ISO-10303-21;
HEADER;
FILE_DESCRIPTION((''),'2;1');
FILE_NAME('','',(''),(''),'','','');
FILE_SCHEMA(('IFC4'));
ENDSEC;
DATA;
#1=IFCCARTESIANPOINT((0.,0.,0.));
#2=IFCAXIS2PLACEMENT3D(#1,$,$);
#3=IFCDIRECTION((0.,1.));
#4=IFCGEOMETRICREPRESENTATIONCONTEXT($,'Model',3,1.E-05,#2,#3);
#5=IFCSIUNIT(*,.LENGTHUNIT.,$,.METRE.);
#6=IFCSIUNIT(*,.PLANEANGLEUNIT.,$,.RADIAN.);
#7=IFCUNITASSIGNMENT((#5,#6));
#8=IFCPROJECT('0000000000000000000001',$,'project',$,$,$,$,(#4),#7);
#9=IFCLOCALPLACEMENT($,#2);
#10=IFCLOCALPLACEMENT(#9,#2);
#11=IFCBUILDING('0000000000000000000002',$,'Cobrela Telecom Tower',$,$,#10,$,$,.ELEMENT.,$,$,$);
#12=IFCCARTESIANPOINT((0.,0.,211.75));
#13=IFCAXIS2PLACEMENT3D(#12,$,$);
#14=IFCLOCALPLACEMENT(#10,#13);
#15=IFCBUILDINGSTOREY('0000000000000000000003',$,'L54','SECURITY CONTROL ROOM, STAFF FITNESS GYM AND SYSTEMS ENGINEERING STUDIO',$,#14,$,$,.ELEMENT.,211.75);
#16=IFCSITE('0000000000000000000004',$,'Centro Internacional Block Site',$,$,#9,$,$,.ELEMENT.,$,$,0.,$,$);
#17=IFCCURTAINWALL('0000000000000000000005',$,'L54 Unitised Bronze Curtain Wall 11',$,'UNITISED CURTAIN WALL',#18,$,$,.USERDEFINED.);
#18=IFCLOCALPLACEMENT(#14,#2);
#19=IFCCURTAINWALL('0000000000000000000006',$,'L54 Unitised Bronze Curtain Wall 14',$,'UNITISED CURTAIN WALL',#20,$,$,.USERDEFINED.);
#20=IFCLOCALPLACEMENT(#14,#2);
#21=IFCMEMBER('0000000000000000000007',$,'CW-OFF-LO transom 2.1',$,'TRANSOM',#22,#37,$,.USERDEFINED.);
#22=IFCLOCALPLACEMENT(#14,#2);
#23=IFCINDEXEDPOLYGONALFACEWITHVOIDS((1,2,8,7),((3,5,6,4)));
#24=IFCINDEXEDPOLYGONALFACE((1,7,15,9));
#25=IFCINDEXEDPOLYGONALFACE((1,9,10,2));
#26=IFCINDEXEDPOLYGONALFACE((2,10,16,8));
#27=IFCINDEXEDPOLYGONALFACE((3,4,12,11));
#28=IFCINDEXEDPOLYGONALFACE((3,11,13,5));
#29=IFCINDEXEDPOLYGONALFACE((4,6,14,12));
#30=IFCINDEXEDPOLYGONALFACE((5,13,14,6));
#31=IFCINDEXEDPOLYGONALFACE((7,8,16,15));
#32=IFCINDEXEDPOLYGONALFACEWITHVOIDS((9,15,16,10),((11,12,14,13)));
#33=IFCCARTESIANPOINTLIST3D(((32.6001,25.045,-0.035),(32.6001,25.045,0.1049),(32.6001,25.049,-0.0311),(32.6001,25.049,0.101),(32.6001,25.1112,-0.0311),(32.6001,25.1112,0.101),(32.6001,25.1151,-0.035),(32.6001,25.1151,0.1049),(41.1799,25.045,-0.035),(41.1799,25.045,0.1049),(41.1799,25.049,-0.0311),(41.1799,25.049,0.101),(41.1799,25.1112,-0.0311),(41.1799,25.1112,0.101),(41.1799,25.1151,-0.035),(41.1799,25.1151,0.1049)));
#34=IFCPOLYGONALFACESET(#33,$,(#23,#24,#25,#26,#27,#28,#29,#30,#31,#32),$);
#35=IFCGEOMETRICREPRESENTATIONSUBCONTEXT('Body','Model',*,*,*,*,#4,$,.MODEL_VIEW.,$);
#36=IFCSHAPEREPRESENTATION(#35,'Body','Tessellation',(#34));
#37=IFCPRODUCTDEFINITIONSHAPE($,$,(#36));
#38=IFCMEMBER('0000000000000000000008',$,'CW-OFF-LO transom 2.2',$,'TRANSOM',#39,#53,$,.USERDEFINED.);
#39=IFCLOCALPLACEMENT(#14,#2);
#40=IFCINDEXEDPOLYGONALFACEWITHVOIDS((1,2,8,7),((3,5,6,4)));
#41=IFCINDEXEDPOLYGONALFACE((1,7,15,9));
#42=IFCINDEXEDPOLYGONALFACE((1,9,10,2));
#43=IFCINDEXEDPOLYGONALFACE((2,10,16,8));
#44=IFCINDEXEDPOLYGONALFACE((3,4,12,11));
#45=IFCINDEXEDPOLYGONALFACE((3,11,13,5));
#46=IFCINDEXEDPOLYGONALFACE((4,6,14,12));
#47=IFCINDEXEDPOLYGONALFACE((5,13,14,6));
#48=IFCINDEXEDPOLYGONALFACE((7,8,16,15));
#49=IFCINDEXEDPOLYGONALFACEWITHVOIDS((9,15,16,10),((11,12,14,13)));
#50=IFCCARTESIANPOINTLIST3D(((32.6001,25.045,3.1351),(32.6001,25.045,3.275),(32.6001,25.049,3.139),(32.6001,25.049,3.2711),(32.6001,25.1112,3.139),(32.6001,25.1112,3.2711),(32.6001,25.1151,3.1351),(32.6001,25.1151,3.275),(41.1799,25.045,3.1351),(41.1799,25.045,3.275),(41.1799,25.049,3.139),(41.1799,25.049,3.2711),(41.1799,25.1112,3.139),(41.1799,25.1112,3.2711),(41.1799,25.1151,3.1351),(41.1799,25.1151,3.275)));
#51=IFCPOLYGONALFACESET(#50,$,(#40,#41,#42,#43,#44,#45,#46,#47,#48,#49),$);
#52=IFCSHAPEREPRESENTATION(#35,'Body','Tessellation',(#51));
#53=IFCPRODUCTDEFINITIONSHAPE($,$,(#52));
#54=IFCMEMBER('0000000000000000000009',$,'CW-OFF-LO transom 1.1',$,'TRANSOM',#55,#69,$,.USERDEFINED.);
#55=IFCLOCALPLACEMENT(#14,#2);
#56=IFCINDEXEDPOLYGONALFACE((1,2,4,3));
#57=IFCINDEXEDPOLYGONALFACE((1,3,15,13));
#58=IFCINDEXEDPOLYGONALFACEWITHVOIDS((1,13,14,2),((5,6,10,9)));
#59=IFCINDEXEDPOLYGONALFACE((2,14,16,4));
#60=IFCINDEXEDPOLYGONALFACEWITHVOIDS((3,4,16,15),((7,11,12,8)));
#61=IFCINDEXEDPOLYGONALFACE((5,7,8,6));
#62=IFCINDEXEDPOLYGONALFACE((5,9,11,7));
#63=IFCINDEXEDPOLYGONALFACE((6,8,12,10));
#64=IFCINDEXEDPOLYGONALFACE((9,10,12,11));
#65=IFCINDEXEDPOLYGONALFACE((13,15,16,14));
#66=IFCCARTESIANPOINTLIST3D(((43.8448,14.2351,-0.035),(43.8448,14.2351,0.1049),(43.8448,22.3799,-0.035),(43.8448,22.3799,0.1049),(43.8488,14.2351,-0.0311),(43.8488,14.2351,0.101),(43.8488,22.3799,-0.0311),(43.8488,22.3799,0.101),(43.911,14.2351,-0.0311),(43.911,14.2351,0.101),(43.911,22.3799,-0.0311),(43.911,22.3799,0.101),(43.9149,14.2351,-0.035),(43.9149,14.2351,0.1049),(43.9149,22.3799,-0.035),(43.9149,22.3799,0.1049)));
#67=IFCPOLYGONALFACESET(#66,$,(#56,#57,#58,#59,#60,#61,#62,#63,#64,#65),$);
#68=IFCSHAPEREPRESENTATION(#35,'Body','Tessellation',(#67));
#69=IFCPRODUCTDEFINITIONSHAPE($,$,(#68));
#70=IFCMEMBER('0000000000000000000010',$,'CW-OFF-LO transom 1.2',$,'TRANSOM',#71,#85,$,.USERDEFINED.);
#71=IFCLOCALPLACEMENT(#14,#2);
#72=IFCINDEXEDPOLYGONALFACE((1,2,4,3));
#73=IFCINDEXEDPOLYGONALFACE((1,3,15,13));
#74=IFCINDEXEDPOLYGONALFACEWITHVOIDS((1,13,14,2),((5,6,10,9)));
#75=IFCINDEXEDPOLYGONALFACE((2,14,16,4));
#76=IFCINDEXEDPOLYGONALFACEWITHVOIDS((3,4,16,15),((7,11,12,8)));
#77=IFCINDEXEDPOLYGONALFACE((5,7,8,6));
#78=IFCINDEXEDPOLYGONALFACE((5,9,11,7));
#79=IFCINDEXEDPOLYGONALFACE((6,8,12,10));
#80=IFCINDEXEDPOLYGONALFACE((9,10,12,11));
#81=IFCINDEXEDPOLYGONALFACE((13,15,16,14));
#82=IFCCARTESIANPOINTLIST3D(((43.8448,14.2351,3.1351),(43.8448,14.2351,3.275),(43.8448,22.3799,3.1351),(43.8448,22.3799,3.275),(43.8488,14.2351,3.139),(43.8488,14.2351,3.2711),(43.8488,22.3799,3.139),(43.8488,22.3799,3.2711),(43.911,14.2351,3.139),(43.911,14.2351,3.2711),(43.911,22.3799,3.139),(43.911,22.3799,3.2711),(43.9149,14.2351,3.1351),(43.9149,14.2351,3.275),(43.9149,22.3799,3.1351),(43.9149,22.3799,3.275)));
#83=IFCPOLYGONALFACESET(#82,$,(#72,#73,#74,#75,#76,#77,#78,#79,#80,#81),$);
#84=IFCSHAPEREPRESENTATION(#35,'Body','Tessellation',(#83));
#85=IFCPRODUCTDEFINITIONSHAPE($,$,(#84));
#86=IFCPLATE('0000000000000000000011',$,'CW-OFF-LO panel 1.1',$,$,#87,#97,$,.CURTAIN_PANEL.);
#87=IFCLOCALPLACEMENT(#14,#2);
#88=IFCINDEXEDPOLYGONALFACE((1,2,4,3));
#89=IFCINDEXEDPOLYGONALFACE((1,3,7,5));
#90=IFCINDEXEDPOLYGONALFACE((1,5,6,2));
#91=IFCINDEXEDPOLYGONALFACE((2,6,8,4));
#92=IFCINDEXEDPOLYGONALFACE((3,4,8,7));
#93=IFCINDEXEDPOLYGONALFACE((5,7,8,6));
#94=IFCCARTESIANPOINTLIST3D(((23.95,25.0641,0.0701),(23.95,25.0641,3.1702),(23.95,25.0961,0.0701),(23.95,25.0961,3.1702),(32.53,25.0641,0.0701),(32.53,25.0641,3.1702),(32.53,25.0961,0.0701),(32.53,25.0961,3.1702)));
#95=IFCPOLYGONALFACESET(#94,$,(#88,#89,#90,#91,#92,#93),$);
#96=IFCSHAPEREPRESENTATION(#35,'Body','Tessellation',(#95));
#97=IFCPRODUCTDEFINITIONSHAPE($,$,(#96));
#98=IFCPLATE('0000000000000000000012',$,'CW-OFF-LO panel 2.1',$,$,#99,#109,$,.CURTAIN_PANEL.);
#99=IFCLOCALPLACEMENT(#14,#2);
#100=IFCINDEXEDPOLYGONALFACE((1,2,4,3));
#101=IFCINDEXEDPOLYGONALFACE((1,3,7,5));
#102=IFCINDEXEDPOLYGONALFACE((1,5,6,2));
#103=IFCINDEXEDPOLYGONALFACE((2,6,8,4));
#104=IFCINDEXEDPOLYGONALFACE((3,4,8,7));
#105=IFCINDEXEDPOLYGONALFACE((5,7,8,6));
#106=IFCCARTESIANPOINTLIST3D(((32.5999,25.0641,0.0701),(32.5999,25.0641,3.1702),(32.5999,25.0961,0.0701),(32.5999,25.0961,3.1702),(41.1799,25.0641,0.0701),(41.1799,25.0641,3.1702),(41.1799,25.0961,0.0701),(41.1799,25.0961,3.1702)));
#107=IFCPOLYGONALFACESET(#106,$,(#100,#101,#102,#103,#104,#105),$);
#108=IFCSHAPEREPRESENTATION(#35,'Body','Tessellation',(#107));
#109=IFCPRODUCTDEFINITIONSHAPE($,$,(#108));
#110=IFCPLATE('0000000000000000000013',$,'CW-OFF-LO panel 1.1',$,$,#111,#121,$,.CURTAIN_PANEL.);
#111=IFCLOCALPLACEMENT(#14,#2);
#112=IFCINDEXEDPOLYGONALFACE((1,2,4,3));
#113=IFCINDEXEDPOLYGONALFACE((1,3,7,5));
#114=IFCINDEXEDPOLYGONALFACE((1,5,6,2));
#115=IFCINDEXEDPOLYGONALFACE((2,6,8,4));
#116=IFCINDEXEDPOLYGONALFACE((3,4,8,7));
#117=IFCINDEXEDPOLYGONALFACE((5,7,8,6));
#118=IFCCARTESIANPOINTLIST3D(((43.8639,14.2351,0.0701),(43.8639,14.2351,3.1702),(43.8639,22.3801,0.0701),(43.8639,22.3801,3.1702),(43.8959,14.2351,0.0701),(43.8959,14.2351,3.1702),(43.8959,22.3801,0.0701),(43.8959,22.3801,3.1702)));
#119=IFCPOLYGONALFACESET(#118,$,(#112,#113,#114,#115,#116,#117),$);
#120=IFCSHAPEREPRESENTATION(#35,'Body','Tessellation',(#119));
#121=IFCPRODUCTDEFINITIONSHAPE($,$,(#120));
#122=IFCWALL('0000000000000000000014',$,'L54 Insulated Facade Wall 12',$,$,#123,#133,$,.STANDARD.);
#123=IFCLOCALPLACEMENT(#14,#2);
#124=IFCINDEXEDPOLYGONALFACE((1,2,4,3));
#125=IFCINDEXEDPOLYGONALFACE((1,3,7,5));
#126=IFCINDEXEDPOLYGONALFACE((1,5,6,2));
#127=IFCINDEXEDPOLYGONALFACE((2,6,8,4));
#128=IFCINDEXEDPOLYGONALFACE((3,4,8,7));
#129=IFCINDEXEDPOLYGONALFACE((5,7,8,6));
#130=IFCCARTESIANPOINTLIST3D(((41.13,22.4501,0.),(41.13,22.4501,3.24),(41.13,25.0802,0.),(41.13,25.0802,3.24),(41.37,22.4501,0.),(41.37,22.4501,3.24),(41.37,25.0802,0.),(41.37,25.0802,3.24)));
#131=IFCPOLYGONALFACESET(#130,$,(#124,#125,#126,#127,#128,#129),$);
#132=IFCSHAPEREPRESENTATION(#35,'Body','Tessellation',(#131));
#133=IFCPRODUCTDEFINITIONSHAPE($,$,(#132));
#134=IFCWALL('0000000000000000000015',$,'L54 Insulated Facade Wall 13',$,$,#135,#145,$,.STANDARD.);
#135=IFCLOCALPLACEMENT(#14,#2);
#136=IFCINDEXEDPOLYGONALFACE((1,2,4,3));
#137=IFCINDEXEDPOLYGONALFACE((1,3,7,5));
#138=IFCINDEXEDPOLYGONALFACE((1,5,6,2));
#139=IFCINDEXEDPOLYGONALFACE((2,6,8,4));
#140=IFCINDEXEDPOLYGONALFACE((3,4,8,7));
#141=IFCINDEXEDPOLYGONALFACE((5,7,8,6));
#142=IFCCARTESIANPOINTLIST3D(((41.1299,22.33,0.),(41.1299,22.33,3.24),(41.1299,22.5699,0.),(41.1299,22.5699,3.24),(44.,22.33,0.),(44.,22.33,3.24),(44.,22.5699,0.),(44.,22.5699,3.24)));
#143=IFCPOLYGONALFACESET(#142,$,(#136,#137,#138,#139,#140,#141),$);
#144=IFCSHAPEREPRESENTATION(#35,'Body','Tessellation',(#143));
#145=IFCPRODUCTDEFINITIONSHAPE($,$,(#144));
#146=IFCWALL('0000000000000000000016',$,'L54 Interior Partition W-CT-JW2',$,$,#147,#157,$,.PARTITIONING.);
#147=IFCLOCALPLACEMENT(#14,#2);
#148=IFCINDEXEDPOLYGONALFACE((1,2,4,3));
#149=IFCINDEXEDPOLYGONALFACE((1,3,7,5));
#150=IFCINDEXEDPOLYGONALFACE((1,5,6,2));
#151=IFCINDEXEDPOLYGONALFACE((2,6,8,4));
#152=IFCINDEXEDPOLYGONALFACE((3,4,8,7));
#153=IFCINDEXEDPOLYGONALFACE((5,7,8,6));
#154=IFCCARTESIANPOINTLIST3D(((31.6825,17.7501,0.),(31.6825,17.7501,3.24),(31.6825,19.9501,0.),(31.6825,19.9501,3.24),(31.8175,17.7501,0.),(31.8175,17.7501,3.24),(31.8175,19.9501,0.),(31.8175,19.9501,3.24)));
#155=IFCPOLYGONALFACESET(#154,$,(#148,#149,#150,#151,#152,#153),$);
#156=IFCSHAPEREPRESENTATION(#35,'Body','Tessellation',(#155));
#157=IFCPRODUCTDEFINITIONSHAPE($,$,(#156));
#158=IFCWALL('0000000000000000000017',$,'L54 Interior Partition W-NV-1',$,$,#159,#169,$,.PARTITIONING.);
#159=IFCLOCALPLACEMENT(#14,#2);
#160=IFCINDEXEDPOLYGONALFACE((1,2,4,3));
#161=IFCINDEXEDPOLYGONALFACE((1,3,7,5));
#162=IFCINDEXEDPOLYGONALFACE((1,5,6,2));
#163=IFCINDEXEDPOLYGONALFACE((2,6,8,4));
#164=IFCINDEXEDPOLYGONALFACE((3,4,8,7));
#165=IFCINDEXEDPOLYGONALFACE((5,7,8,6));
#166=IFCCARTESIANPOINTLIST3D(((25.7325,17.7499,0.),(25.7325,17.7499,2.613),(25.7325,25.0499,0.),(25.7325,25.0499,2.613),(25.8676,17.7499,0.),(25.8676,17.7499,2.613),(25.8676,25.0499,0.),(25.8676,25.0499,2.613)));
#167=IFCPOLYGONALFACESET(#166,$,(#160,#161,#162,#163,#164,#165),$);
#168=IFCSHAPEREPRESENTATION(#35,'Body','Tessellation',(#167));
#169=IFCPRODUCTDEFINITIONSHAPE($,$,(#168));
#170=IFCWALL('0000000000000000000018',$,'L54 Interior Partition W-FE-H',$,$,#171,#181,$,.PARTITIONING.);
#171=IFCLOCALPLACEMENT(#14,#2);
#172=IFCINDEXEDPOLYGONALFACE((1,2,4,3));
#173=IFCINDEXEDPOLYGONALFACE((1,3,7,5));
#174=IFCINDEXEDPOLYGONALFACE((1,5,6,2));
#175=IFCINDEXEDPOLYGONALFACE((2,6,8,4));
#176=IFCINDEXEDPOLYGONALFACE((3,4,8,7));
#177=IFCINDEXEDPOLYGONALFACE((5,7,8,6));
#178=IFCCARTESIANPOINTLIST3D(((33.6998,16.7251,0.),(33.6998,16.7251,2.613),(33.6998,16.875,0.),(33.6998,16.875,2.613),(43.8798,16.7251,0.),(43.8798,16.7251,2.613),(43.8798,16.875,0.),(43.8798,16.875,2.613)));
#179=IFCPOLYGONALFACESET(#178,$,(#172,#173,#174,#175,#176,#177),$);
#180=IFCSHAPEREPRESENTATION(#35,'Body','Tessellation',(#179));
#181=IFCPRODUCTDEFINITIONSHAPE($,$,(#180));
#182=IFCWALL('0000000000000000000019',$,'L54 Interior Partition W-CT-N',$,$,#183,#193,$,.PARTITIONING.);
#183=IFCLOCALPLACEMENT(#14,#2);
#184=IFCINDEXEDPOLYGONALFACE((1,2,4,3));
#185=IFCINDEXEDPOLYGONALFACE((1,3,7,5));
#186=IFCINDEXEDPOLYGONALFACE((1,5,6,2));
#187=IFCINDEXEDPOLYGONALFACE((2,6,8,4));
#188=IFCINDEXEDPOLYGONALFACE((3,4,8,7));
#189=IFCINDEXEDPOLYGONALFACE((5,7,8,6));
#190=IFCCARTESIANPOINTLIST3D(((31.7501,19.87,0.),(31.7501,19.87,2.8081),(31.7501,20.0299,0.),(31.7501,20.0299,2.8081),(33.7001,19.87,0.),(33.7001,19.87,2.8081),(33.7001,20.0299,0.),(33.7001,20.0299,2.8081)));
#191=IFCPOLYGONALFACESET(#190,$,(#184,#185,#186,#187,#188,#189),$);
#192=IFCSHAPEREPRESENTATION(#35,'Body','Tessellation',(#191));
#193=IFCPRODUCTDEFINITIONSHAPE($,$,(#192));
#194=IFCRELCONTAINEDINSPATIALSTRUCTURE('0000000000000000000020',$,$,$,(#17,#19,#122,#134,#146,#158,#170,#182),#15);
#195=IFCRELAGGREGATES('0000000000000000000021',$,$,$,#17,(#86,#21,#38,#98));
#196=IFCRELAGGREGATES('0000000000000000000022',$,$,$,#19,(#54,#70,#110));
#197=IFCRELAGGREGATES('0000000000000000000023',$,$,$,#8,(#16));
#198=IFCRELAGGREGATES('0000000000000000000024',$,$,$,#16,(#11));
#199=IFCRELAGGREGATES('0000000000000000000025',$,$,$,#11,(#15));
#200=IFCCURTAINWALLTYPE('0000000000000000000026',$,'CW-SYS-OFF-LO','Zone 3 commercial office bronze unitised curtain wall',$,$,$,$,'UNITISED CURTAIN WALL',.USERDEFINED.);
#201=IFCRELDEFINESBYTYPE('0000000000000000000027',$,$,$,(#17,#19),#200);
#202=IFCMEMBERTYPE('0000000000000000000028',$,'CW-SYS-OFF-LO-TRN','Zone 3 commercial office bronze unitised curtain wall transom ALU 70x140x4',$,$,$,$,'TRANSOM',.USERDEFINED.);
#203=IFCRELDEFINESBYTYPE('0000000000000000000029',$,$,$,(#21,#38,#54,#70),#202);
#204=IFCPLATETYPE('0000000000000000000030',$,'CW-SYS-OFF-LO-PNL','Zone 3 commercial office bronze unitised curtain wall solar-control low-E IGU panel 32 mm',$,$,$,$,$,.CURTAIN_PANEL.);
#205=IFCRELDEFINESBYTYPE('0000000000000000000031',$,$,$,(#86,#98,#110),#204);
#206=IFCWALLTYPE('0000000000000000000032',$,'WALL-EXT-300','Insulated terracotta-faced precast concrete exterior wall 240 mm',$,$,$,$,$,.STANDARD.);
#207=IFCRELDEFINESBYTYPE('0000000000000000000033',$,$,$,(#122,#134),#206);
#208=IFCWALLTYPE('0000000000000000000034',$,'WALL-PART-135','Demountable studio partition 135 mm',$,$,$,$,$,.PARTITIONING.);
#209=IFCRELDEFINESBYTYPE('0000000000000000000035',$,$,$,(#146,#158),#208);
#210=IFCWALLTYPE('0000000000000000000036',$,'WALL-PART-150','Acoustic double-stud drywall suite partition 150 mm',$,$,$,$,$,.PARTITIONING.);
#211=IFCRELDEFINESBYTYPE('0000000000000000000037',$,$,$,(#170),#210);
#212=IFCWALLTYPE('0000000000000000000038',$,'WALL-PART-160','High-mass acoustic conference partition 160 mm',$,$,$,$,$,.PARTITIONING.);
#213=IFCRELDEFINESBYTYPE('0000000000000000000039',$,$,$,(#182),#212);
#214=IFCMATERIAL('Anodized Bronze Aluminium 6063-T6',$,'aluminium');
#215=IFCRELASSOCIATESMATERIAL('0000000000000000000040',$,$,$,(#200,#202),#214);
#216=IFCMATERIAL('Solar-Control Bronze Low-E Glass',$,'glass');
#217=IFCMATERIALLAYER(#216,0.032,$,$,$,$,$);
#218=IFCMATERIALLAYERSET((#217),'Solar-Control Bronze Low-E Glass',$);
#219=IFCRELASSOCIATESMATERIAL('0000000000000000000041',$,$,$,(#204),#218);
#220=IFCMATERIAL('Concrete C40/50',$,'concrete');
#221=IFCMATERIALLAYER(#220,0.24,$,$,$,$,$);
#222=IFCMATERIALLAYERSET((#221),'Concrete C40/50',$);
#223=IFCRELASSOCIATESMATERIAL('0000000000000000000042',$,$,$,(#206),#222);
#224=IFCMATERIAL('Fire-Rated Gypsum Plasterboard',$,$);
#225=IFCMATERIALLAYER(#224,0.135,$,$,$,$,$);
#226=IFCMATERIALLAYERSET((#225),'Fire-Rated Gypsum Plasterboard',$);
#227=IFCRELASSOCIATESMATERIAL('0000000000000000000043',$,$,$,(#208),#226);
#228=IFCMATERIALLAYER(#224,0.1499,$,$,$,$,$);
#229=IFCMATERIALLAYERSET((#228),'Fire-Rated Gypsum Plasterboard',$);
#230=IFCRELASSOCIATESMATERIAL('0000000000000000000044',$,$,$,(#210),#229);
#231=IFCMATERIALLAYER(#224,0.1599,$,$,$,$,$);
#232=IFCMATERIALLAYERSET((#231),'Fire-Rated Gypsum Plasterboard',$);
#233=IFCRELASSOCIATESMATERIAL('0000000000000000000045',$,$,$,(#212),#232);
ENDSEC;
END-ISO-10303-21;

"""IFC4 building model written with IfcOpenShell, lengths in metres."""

from ifc_helpers import new_model, si_unit, direction, frame, frame_2d, origin, origin_2d, place, context, subcontext, project, spatial, rectangle, hollow_rectangle, extrude, material, layer, layer_set, material_profile, profile_set, type_object, element, aggregate, save


model = new_model("IFC4")

# Units and contexts
model_context = context("Model", 3, precision=1e-05, world=origin(), true_north=direction((0.0, 1.0)))
body_context = subcontext(model_context, "Body", "Model", "MODEL_VIEW")
ifc_project = project(units=[si_unit("LENGTHUNIT", "METRE"), si_unit("PLANEANGLEUNIT", "RADIAN")], contexts=[model_context])

# Site, building, storey
site_placement = place(None, origin())
site = spatial("IfcSite", under=ifc_project, at=site_placement, Name="Centro Internacional Block Site", CompositionType="ELEMENT", RefElevation=0.0)
building_placement = place(site_placement, origin())
building = spatial("IfcBuilding", under=site, at=building_placement, Name="Cobrela Telecom Tower", CompositionType="ELEMENT")
storey_placement = place(building_placement, frame((0.0, 0.0, 211.75)))
storey = spatial("IfcBuildingStorey", under=building, at=storey_placement, Name="L54", Description="SECURITY CONTROL ROOM, STAFF FITNESS GYM AND SYSTEMS ENGINEERING STUDIO", CompositionType="ELEMENT", Elevation=211.75)

# Curtain wall
ifc_material_1 = material(Name="Anodized Bronze Aluminium 6063-T6", Category="aluminium")
curtain_wall_type = type_object("IfcCurtainWallType", Name="CW-SYS-OFF-LO", Description="Zone 3 commercial office bronze unitised curtain wall", ElementType="UNITISED CURTAIN WALL", PredefinedType="USERDEFINED", material=ifc_material_1)
curtain_wall_1_placement = place(storey_placement, origin())
curtain_wall_1 = element("IfcCurtainWall", 1, at=curtain_wall_1_placement, inside=storey, type_object=curtain_wall_type, Name="L54 Unitised Bronze Curtain Wall 11", ObjectType="UNITISED CURTAIN WALL", PredefinedType="USERDEFINED")

# Curtain wall
curtain_wall_2_placement = place(storey_placement, origin())
curtain_wall_2 = element("IfcCurtainWall", 2, at=curtain_wall_2_placement, inside=storey, type_object=curtain_wall_type, Name="L54 Unitised Bronze Curtain Wall 14", ObjectType="UNITISED CURTAIN WALL", PredefinedType="USERDEFINED")

# Members
ifc_material_profile_1 = material_profile(ifc_material_1, hollow_rectangle(XDim=0.0701, YDim=0.1399, WallThickness=0.0039, at=origin_2d()), Name="ALU 70x140x4")
ifc_profile_set_1 = profile_set([ifc_material_profile_1], Name="Anodized Bronze Aluminium 6063-T6")
member_type_1 = type_object("IfcMemberType", Name="CW-SYS-OFF-LO-TRN", Description="Zone 3 commercial office bronze unitised curtain wall transom ALU 70x140x4", ElementType="TRANSOM", PredefinedType="USERDEFINED", material=ifc_profile_set_1)
member_1_placement = place(storey_placement, frame((32.6001, 25.0801, 0.0349), z_axis=(1.0, 0.0, 0.0), x_axis=(0.0, 1.0, 0.0)))
member_1 = element("IfcMember", 3, at=member_1_placement, type_object=member_type_1, Name="CW-OFF-LO transom 2.1", ObjectType="TRANSOM", PredefinedType="USERDEFINED", context=body_context, shape_type="SweptSolid", body=[
    extrude(hollow_rectangle(XDim=0.0701, YDim=0.1399, WallThickness=0.0039, at=origin_2d()), origin(), (0.0, 0.0, 1.0), 8.5798),
])
member_2_placement = place(storey_placement, frame((32.6001, 25.0801, 3.2051), z_axis=(1.0, 0.0, 0.0), x_axis=(0.0, 1.0, 0.0)))
member_2 = element("IfcMember", 4, at=member_2_placement, type_object=member_type_1, Name="CW-OFF-LO transom 2.2", ObjectType="TRANSOM", PredefinedType="USERDEFINED", context=body_context, shape_type="SweptSolid", body=[
    extrude(hollow_rectangle(XDim=0.0701, YDim=0.1399, WallThickness=0.0039, at=origin_2d()), origin(), (0.0, 0.0, 1.0), 8.5798),
])
member_3_placement = place(storey_placement, frame((43.8799, 22.3799, 0.0349), z_axis=(0.0, -1.0, 0.0), x_axis=(1.0, 0.0, 0.0)))
member_3 = element("IfcMember", 5, at=member_3_placement, type_object=member_type_1, Name="CW-OFF-LO transom 1.1", ObjectType="TRANSOM", PredefinedType="USERDEFINED", context=body_context, shape_type="SweptSolid", body=[
    extrude(hollow_rectangle(XDim=0.0701, YDim=0.1399, WallThickness=0.0039, at=origin_2d()), origin(), (0.0, 0.0, 1.0), 8.1448),
])
member_4_placement = place(storey_placement, frame((43.8799, 22.3799, 3.2051), z_axis=(0.0, -1.0, 0.0), x_axis=(1.0, 0.0, 0.0)))
member_4 = element("IfcMember", 6, at=member_4_placement, type_object=member_type_1, Name="CW-OFF-LO transom 1.2", ObjectType="TRANSOM", PredefinedType="USERDEFINED", context=body_context, shape_type="SweptSolid", body=[
    extrude(hollow_rectangle(XDim=0.0701, YDim=0.1399, WallThickness=0.0039, at=origin_2d()), origin(), (0.0, 0.0, 1.0), 8.1448),
])

# Plates
ifc_material_2 = material(Name="Solar-Control Bronze Low-E Glass", Category="glass")
ifc_layer_1 = layer(ifc_material_2, 0.032)
ifc_layer_set_1 = layer_set([ifc_layer_1], Name="Solar-Control Bronze Low-E Glass")
plate_type = type_object("IfcPlateType", Name="CW-SYS-OFF-LO-PNL", Description="Zone 3 commercial office bronze unitised curtain wall solar-control low-E IGU panel 32 mm", PredefinedType="CURTAIN_PANEL", material=ifc_layer_set_1)
plate_1_placement = place(storey_placement, frame((28.24, 25.0801, 0.0701), z_axis=(0.0, 0.0, 1.0), x_axis=(1.0, 0.0, 0.0)))
plate_1 = element("IfcPlate", 7, at=plate_1_placement, type_object=plate_type, Name="CW-OFF-LO panel 1.1", PredefinedType="CURTAIN_PANEL", context=body_context, shape_type="SweptSolid", body=[
    extrude(rectangle(XDim=8.5801, YDim=0.032, at=origin_2d()), origin(), (0.0, 0.0, 1.0), 3.1001),
])
plate_2_placement = place(storey_placement, frame((36.8899, 25.0801, 0.0701), z_axis=(0.0, 0.0, 1.0), x_axis=(1.0, 0.0, 0.0)))
plate_2 = element("IfcPlate", 8, at=plate_2_placement, type_object=plate_type, Name="CW-OFF-LO panel 2.1", PredefinedType="CURTAIN_PANEL", context=body_context, shape_type="SweptSolid", body=[
    extrude(rectangle(XDim=8.5801, YDim=0.032, at=origin_2d()), origin(), (0.0, 0.0, 1.0), 3.1001),
])
aggregate(curtain_wall_1, [plate_1, member_1, member_2, plate_2])
plate_3_placement = place(storey_placement, frame((43.8799, 18.3076, 0.0701), z_axis=(0.0, 0.0, 1.0), x_axis=(0.0, -1.0, 0.0)))
plate_3 = element("IfcPlate", 9, at=plate_3_placement, type_object=plate_type, Name="CW-OFF-LO panel 1.1", PredefinedType="CURTAIN_PANEL", context=body_context, shape_type="SweptSolid", body=[
    extrude(rectangle(XDim=8.145, YDim=0.032, at=origin_2d()), origin(), (0.0, 0.0, 1.0), 3.1001),
])
aggregate(curtain_wall_2, [member_3, member_4, plate_3])

# Walls
ifc_material_3 = material(Name="Concrete C40/50", Category="concrete")
ifc_layer_2 = layer(ifc_material_3, 0.24)
ifc_layer_set_2 = layer_set([ifc_layer_2], Name="Concrete C40/50")
wall_type_1 = type_object("IfcWallType", Name="WALL-EXT-300", Description="Insulated terracotta-faced precast concrete exterior wall 240 mm", PredefinedType="STANDARD", material=ifc_layer_set_2)
wall_1_placement = place(storey_placement, frame((41.25, 25.0801, 0.0), z_axis=(0.0, 0.0, 1.0), x_axis=(0.0, -1.0, 0.0)))
element("IfcWall", 10, at=wall_1_placement, inside=storey, type_object=wall_type_1, Name="L54 Insulated Facade Wall 12", PredefinedType="STANDARD", context=body_context, shape_type="SweptSolid", body=[
    extrude(rectangle(XDim=2.6301, YDim=0.24, at=frame_2d((1.3149, 0.0))), origin(), (0.0, 0.0, 1.0), 3.24),
])
wall_2_placement = place(storey_placement, frame((41.1299, 22.45, 0.0), z_axis=(0.0, 0.0, 1.0), x_axis=(1.0, 0.0, 0.0)))
element("IfcWall", 11, at=wall_2_placement, inside=storey, type_object=wall_type_1, Name="L54 Insulated Facade Wall 13", PredefinedType="STANDARD", context=body_context, shape_type="SweptSolid", body=[
    extrude(rectangle(XDim=2.8701, YDim=0.24, at=frame_2d((1.4351, 0.0))), origin(), (0.0, 0.0, 1.0), 3.24),
])
ifc_material_4 = material(Name="Fire-Rated Gypsum Plasterboard")
ifc_layer_3 = layer(ifc_material_4, 0.135)
ifc_layer_set_3 = layer_set([ifc_layer_3], Name="Fire-Rated Gypsum Plasterboard")
wall_type_2 = type_object("IfcWallType", Name="WALL-PART-135", Description="Demountable studio partition 135 mm", PredefinedType="PARTITIONING", material=ifc_layer_set_3)
wall_3_placement = place(storey_placement, frame((31.75, 17.75, 0.0), z_axis=(0.0, 0.0, 1.0), x_axis=(0.0, 1.0, 0.0)))
element("IfcWall", 12, at=wall_3_placement, inside=storey, type_object=wall_type_2, Name="L54 Interior Partition W-CT-JW2", PredefinedType="PARTITIONING", context=body_context, shape_type="SweptSolid", body=[
    extrude(rectangle(XDim=2.2, YDim=0.135, at=frame_2d((1.1001, 0.0))), origin(), (0.0, 0.0, 1.0), 3.24),
])
wall_4_placement = place(storey_placement, frame((25.8, 17.75, 0.0), z_axis=(0.0, 0.0, 1.0), x_axis=(0.0, 1.0, 0.0)))
element("IfcWall", 13, at=wall_4_placement, inside=storey, type_object=wall_type_2, Name="L54 Interior Partition W-NV-1", PredefinedType="PARTITIONING", context=body_context, shape_type="SweptSolid", body=[
    extrude(rectangle(XDim=7.3, YDim=0.135, at=frame_2d((3.6499, 0.0))), origin(), (0.0, 0.0, 1.0), 2.613),
])
ifc_layer_4 = layer(ifc_material_4, 0.1499)
ifc_layer_set_4 = layer_set([ifc_layer_4], Name="Fire-Rated Gypsum Plasterboard")
wall_type_3 = type_object("IfcWallType", Name="WALL-PART-150", Description="Acoustic double-stud drywall suite partition 150 mm", PredefinedType="PARTITIONING", material=ifc_layer_set_4)
wall_5_placement = place(storey_placement, frame((33.7, 16.8, 0.0), z_axis=(0.0, 0.0, 1.0), x_axis=(1.0, 0.0, 0.0)))
element("IfcWall", 14, at=wall_5_placement, inside=storey, type_object=wall_type_3, Name="L54 Interior Partition W-FE-H", PredefinedType="PARTITIONING", context=body_context, shape_type="SweptSolid", body=[
    extrude(rectangle(XDim=10.1799, YDim=0.1499, at=frame_2d((5.0898, 0.0))), origin(), (0.0, 0.0, 1.0), 2.613),
])
ifc_layer_5 = layer(ifc_material_4, 0.1599)
ifc_layer_set_5 = layer_set([ifc_layer_5], Name="Fire-Rated Gypsum Plasterboard")
wall_type_4 = type_object("IfcWallType", Name="WALL-PART-160", Description="High-mass acoustic conference partition 160 mm", PredefinedType="PARTITIONING", material=ifc_layer_set_5)
wall_6_placement = place(storey_placement, frame((31.75, 19.95, 0.0), z_axis=(0.0, 0.0, 1.0), x_axis=(1.0, 0.0, 0.0)))
element("IfcWall", 15, at=wall_6_placement, inside=storey, type_object=wall_type_4, Name="L54 Interior Partition W-CT-N", PredefinedType="PARTITIONING", context=body_context, shape_type="SweptSolid", body=[
    extrude(rectangle(XDim=1.95, YDim=0.1599, at=frame_2d((0.9751, 0.0))), origin(), (0.0, 0.0, 1.0), 2.8081),
])

save(model, "model.ifc")
